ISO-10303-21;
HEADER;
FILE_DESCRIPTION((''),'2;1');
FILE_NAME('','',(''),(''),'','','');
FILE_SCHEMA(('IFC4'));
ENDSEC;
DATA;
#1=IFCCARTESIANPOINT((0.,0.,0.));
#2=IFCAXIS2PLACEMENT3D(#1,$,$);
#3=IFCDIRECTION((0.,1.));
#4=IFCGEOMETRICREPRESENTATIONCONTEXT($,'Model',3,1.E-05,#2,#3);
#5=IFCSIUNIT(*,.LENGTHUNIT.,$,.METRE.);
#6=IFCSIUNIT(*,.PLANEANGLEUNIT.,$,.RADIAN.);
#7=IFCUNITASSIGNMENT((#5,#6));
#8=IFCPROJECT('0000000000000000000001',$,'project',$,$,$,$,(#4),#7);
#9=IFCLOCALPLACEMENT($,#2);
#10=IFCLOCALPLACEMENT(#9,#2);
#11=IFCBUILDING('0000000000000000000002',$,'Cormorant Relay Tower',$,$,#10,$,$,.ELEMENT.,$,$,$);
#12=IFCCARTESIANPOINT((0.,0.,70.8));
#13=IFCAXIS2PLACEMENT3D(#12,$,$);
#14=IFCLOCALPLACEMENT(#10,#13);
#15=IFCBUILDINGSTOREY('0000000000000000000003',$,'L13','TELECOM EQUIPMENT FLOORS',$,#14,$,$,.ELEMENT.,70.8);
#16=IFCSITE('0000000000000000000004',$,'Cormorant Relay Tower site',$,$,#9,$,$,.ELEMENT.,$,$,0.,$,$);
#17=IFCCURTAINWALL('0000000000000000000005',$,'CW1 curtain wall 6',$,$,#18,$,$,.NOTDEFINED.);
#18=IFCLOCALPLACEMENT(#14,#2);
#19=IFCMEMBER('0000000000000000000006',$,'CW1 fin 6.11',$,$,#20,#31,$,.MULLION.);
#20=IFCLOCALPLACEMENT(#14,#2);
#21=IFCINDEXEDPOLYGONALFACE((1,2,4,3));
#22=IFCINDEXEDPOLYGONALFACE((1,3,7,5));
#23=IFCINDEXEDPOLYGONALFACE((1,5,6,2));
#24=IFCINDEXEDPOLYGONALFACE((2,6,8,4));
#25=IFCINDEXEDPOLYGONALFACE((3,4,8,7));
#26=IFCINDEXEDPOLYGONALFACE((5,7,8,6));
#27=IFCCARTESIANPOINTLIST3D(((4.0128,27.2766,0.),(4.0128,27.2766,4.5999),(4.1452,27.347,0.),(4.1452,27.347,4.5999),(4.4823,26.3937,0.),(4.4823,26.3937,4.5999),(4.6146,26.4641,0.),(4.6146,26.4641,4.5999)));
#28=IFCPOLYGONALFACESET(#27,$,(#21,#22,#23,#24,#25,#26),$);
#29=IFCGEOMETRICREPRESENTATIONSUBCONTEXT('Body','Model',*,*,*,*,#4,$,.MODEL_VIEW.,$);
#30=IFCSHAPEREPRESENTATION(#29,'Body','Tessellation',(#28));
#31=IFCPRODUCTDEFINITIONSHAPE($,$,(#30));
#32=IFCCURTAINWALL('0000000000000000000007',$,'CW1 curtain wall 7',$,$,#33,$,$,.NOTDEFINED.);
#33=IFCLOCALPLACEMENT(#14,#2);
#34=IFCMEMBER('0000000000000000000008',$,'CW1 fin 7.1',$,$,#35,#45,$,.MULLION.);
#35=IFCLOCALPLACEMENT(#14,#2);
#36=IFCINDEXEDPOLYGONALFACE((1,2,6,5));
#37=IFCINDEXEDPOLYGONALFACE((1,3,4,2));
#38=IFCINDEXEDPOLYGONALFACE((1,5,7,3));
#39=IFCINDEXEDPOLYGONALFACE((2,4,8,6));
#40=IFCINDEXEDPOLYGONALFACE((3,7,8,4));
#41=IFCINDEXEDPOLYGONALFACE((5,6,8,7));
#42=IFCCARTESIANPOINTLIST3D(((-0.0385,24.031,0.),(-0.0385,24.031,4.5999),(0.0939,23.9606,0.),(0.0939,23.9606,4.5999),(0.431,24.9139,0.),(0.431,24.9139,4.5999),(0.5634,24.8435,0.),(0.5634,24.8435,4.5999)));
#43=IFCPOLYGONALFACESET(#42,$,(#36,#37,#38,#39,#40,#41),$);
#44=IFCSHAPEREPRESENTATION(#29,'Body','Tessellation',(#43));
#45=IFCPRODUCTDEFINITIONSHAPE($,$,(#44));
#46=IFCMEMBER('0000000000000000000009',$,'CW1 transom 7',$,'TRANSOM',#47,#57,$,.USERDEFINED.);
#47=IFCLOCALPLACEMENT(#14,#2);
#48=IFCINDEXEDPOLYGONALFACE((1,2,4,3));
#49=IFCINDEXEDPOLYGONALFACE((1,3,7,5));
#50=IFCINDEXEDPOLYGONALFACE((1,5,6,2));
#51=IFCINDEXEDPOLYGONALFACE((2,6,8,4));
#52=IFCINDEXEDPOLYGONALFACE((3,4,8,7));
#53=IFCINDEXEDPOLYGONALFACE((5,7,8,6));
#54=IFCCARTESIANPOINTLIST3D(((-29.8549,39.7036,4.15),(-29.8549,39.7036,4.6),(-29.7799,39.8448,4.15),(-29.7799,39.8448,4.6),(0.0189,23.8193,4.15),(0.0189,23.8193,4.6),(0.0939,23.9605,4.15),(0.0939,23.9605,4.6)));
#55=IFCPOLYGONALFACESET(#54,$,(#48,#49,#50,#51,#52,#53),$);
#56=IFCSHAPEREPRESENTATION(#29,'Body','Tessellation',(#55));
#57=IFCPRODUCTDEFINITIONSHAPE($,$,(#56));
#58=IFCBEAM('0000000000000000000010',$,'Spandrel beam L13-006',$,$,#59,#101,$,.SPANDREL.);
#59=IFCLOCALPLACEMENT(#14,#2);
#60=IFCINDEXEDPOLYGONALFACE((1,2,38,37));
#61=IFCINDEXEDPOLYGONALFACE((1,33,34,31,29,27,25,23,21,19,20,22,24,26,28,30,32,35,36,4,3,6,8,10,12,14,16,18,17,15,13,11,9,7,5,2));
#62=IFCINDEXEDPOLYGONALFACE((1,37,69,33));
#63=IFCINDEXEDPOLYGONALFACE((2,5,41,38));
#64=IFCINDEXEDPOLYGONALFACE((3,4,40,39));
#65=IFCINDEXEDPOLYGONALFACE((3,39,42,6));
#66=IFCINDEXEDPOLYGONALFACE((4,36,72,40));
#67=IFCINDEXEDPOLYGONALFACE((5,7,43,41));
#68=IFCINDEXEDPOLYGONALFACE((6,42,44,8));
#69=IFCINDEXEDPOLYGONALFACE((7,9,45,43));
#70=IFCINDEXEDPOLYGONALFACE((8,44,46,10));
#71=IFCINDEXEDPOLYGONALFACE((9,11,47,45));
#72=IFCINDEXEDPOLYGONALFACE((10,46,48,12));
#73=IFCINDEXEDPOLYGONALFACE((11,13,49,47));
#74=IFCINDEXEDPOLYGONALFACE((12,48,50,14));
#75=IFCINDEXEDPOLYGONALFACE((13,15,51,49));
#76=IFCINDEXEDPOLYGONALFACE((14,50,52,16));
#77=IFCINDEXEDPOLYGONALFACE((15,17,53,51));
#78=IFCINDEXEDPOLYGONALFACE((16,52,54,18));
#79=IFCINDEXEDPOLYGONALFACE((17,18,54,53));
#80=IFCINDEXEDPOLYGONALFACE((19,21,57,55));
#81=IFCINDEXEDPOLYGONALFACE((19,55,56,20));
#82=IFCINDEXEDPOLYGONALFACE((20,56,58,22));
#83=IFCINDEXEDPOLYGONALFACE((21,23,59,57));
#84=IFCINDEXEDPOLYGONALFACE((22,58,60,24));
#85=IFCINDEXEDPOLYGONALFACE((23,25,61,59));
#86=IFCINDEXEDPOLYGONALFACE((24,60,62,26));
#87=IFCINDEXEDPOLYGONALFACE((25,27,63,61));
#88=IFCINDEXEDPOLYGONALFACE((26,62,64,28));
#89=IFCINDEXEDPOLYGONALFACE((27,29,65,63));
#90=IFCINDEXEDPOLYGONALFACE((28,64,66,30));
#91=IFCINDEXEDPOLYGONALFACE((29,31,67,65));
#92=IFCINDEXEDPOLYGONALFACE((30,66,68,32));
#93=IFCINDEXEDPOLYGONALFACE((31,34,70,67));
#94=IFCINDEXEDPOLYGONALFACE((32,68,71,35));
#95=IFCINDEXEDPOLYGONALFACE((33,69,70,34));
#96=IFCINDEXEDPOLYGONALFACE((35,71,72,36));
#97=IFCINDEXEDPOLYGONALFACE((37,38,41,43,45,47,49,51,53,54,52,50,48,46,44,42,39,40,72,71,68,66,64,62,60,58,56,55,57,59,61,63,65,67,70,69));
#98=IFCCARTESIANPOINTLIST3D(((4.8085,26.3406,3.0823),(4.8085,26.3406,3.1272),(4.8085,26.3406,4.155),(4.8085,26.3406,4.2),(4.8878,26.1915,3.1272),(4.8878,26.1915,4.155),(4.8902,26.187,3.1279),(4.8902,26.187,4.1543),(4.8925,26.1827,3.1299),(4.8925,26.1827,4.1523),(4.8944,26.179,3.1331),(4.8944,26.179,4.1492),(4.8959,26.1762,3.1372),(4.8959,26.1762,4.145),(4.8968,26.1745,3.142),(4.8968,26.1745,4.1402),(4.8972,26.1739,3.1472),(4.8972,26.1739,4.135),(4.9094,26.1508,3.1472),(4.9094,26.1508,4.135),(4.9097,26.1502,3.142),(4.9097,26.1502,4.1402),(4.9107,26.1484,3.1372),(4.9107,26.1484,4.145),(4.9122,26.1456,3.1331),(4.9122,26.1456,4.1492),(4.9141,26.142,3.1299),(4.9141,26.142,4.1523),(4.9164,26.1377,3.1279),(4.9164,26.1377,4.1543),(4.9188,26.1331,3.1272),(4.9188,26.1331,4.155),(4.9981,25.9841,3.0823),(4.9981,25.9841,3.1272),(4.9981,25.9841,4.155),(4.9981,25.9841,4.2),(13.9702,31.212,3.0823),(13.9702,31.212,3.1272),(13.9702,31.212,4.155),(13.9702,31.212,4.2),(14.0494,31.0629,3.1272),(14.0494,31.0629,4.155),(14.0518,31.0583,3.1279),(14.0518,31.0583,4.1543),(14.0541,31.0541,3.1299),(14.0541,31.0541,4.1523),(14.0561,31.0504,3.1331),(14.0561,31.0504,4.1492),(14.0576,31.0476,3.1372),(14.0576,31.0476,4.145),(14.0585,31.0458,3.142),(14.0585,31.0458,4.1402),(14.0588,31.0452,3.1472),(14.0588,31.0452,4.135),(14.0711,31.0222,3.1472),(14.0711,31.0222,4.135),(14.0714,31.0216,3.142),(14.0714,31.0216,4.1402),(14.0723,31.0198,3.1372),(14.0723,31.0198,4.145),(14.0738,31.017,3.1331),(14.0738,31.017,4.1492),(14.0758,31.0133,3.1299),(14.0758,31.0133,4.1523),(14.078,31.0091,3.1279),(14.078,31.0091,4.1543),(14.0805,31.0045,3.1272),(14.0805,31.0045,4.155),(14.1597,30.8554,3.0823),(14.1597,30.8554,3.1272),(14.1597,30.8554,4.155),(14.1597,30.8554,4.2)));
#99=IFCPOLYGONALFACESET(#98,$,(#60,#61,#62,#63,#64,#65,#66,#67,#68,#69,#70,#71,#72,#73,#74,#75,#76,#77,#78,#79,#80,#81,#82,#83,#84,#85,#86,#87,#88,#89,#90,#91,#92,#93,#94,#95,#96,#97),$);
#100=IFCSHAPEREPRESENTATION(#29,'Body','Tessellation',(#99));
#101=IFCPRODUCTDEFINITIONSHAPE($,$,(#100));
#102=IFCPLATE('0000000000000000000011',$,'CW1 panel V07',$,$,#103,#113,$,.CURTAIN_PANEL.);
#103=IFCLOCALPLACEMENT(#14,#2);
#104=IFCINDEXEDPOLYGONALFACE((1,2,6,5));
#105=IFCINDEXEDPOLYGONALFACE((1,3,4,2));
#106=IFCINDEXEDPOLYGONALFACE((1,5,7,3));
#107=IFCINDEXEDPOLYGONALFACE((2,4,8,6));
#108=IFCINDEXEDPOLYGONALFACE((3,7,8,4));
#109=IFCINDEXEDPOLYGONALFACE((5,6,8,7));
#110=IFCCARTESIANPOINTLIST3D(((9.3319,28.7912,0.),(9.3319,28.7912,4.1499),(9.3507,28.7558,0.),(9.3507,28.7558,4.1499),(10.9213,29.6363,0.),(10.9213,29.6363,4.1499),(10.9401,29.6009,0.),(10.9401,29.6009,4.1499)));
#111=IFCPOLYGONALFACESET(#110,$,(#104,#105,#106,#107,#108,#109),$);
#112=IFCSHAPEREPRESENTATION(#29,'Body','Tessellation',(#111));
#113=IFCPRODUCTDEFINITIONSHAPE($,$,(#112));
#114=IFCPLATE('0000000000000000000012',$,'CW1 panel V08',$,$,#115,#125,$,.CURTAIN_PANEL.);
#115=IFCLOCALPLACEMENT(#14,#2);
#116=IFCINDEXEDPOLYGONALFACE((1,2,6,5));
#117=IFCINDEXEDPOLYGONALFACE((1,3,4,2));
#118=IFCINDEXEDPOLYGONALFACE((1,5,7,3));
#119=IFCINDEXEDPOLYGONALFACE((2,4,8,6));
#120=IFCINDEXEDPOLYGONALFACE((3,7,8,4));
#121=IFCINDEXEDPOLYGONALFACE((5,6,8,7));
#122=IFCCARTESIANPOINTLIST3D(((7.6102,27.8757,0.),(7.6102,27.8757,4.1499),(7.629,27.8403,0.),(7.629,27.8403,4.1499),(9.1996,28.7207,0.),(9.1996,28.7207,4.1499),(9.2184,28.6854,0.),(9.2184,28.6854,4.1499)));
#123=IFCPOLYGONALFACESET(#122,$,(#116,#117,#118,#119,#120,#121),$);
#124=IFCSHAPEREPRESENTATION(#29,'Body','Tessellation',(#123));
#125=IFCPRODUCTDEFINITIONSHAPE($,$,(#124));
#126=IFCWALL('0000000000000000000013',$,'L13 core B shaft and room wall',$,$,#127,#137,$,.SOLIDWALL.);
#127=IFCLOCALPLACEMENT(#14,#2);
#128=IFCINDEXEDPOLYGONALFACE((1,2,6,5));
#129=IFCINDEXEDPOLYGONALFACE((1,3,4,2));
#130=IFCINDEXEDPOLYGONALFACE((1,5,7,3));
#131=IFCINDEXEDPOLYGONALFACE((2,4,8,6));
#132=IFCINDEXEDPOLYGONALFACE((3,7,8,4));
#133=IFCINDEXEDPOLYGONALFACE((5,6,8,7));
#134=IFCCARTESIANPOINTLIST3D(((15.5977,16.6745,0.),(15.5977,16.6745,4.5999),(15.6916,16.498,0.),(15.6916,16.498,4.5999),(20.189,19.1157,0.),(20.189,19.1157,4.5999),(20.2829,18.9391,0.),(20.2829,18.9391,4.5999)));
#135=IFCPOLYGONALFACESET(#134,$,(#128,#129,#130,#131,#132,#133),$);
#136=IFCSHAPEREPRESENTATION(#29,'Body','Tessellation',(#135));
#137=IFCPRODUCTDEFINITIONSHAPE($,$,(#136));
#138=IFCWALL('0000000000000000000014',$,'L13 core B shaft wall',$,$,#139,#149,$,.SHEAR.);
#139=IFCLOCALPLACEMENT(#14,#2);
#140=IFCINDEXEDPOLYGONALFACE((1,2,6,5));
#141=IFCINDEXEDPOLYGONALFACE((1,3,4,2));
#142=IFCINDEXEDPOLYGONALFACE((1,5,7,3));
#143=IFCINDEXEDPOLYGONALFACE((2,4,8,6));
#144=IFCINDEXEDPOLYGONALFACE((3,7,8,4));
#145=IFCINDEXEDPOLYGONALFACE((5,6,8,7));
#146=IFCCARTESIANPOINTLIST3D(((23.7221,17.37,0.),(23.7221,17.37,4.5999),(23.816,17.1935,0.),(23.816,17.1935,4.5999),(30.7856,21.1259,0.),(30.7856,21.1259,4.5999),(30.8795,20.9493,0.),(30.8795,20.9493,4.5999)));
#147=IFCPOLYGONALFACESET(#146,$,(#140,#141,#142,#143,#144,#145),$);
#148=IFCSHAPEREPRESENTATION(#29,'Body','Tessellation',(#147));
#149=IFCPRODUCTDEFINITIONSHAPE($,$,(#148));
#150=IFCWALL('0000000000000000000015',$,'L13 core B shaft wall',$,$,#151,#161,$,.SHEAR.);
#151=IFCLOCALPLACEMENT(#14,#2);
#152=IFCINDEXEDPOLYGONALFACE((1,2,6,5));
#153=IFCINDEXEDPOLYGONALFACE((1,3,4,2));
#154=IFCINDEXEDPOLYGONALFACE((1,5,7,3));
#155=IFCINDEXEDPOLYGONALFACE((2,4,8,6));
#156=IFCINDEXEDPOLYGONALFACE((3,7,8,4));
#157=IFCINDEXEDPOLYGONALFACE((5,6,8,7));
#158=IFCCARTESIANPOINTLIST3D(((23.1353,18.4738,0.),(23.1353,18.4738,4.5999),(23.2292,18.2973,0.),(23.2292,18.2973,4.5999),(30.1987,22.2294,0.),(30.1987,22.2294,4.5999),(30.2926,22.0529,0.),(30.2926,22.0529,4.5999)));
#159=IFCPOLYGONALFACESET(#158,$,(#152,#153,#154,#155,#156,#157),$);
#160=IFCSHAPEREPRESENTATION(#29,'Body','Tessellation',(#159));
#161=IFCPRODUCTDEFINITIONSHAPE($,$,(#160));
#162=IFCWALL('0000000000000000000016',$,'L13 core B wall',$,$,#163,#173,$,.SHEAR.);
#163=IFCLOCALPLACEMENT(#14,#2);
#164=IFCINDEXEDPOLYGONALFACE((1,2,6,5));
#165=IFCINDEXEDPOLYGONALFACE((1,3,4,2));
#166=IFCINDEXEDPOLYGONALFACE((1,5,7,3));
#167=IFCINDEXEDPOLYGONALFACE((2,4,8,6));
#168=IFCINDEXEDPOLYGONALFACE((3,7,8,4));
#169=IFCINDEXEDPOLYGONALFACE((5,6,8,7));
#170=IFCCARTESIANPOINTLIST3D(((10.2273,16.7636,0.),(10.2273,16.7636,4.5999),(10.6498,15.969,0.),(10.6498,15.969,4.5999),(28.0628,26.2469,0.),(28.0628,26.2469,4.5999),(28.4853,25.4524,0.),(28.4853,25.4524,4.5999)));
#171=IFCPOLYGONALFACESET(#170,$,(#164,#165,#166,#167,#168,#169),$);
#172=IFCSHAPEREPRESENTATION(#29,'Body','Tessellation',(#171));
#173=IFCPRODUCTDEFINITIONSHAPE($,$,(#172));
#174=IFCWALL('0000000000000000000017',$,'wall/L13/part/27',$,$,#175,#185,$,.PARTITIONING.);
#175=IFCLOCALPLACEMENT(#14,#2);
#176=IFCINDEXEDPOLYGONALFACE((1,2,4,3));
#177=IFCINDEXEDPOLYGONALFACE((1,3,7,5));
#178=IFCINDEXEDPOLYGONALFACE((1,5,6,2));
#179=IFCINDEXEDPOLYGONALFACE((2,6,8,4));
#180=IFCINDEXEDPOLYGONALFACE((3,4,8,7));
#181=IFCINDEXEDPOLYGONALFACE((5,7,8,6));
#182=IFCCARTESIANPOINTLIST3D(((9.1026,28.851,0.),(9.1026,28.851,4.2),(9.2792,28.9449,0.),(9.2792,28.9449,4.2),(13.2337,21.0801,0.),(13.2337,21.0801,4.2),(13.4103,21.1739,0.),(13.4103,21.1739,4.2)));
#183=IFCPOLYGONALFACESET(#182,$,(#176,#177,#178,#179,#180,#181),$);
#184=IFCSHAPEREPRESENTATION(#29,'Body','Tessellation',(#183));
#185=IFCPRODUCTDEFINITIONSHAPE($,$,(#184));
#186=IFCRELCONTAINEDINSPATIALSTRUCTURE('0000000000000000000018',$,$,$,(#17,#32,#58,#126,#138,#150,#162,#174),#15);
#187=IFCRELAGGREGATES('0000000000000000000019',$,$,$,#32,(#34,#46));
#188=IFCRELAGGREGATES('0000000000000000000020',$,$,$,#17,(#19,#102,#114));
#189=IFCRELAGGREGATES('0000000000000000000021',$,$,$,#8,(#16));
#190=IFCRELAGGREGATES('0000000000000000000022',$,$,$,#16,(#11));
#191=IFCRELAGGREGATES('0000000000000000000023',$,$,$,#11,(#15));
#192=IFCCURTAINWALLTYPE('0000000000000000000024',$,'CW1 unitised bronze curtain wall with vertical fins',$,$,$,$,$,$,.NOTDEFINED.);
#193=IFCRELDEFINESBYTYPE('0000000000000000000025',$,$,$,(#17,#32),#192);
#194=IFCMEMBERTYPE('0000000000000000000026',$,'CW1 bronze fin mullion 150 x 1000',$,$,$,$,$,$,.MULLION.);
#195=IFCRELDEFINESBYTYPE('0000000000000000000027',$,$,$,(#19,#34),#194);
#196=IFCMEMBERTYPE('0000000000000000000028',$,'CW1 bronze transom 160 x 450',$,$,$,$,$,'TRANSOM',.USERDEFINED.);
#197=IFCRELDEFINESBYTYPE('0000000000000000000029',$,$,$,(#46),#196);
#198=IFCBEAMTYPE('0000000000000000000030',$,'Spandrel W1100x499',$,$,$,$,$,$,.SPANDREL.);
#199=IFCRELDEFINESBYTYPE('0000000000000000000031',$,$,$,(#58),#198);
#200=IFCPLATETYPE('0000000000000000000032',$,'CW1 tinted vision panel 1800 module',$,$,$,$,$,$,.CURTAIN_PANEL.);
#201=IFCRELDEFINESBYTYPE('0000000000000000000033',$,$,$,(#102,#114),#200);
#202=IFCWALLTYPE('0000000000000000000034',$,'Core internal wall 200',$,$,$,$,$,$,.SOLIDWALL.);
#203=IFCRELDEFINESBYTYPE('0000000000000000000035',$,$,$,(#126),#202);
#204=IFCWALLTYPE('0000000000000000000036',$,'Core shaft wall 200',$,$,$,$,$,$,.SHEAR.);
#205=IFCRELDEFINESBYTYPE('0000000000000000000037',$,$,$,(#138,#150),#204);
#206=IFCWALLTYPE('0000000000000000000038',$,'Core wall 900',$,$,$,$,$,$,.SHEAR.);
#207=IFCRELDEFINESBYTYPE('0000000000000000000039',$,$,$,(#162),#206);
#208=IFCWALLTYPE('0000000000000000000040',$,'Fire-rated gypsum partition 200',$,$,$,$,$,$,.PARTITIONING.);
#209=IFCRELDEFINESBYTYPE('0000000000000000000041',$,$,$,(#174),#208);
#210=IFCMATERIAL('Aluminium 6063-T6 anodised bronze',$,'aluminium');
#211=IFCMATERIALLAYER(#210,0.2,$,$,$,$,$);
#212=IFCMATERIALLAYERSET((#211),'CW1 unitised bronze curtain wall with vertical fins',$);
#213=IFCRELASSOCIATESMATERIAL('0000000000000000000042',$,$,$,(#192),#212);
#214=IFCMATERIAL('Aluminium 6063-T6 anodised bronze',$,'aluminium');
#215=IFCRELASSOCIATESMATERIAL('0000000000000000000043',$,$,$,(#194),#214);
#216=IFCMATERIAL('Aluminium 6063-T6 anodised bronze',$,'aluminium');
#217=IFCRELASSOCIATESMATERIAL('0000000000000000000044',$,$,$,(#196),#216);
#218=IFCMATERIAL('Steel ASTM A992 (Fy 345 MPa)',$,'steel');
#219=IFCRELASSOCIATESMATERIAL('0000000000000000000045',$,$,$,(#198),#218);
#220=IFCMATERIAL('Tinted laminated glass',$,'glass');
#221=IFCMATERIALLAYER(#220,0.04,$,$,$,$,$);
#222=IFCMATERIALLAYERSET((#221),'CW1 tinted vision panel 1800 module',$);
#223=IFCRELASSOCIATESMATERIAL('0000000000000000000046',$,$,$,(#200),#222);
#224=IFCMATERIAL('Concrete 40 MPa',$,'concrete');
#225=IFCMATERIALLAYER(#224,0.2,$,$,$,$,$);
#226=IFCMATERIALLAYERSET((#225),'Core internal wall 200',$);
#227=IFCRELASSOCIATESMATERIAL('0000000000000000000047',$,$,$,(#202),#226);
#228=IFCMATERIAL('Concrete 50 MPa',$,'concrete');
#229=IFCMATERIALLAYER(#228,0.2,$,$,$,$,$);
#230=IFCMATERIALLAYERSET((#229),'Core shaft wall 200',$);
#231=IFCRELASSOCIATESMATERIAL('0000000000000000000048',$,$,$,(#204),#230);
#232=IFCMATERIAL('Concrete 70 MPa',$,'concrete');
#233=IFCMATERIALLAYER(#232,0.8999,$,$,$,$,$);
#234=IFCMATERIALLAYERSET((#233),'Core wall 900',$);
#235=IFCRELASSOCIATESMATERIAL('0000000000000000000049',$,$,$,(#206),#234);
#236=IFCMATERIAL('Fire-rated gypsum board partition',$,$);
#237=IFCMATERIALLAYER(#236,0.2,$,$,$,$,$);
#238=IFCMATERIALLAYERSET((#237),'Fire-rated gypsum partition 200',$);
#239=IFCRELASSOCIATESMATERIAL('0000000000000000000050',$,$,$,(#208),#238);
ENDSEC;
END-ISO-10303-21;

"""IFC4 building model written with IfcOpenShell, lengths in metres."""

from ifc_helpers import new_model, si_unit, direction, frame, frame_2d, origin, origin_2d, place, context, subcontext, project, spatial, rectangle, i_section, extrude, material, layer, layer_set, material_profile, profile_set, type_object, element, aggregate, save


model = new_model("IFC4")

# Units and contexts
model_context = context("Model", 3, precision=1e-05, world=origin(), true_north=direction((0.0, 1.0)))
body_context = subcontext(model_context, "Body", "Model", "MODEL_VIEW")
ifc_project = project(units=[si_unit("LENGTHUNIT", "METRE"), si_unit("PLANEANGLEUNIT", "RADIAN")], contexts=[model_context])

# Site, building, storey
site_placement = place(None, origin())
site = spatial("IfcSite", under=ifc_project, at=site_placement, Name="Cormorant Relay Tower site", CompositionType="ELEMENT", RefElevation=0.0)
building_placement = place(site_placement, origin())
building = spatial("IfcBuilding", under=site, at=building_placement, Name="Cormorant Relay Tower", CompositionType="ELEMENT")
storey_placement = place(building_placement, frame((0.0, 0.0, 70.8)))
storey = spatial("IfcBuildingStorey", under=building, at=storey_placement, Name="L13", Description="TELECOM EQUIPMENT FLOORS", CompositionType="ELEMENT", Elevation=70.8)

# Curtain walls, members
ifc_material_1 = material(Name="Aluminium 6063-T6 anodised bronze", Category="aluminium")
ifc_layer_1 = layer(ifc_material_1, 0.2)
ifc_layer_set_1 = layer_set([ifc_layer_1], Name="CW1 unitised bronze curtain wall with vertical fins")
curtain_wall_type = type_object("IfcCurtainWallType", Name="CW1 unitised bronze curtain wall with vertical fins", PredefinedType="NOTDEFINED", material=ifc_layer_set_1)
curtain_wall_1_placement = place(storey_placement, origin())
curtain_wall_1 = element("IfcCurtainWall", 1, at=curtain_wall_1_placement, inside=storey, type_object=curtain_wall_type, Name="CW1 curtain wall 6", PredefinedType="NOTDEFINED")
ifc_material_2 = material(Name="Aluminium 6063-T6 anodised bronze", Category="aluminium")
ifc_material_profile_1 = material_profile(ifc_material_2, rectangle(XDim=0.1499, YDim=1.0, at=origin_2d()), Name="AL 150x1000")
ifc_profile_set_1 = profile_set([ifc_material_profile_1], Name="Aluminium 6063-T6 anodised bronze")
member_type_1 = type_object("IfcMemberType", Name="CW1 bronze fin mullion 150 x 1000", PredefinedType="MULLION", material=ifc_profile_set_1)
member_1_placement = place(storey_placement, frame((4.3137, 26.8704, 0.0), z_axis=(0.0, 0.0, 1.0), x_axis=(-0.882948, -0.469472, 0.0)))
member_1 = element("IfcMember", 2, at=member_1_placement, type_object=member_type_1, Name="CW1 fin 6.11", PredefinedType="MULLION", context=body_context, shape_type="SweptSolid", body=[
    extrude(rectangle(XDim=0.1499, YDim=1.0, at=origin_2d()), origin(), (0.0, 0.0, 1.0), 4.5999),
])
curtain_wall_2_placement = place(storey_placement, origin())
curtain_wall_2 = element("IfcCurtainWall", 3, at=curtain_wall_2_placement, inside=storey, type_object=curtain_wall_type, Name="CW1 curtain wall 7", PredefinedType="NOTDEFINED")
member_2_placement = place(storey_placement, frame((0.2625, 24.4373, 0.0), z_axis=(0.0, 0.0, 1.0), x_axis=(-0.882948, 0.469472, 0.0)))
member_2 = element("IfcMember", 4, at=member_2_placement, type_object=member_type_1, Name="CW1 fin 7.1", PredefinedType="MULLION", context=body_context, shape_type="SweptSolid", body=[
    extrude(rectangle(XDim=0.1499, YDim=1.0, at=origin_2d()), origin(), (0.0, 0.0, 1.0), 4.5999),
])
ifc_material_3 = material(Name="Aluminium 6063-T6 anodised bronze", Category="aluminium")
ifc_material_profile_2 = material_profile(ifc_material_3, rectangle(XDim=0.1599, YDim=0.45, at=origin_2d()), Name="AL 160x450")
ifc_profile_set_2 = profile_set([ifc_material_profile_2], Name="Aluminium 6063-T6 anodised bronze")
member_type_2 = type_object("IfcMemberType", Name="CW1 bronze transom 160 x 450", ElementType="TRANSOM", PredefinedType="USERDEFINED", material=ifc_profile_set_2)
member_3_placement = place(storey_placement, frame((0.0564, 23.8899, 4.375), z_axis=(-0.882946, 0.469474, 0.0), x_axis=(-0.469474, -0.882946, 0.0)))
member_3 = element("IfcMember", 5, at=member_3_placement, type_object=member_type_2, Name="CW1 transom 7", ObjectType="TRANSOM", PredefinedType="USERDEFINED", context=body_context, shape_type="SweptSolid", body=[
    extrude(rectangle(XDim=0.1599, YDim=0.45, at=origin_2d()), origin(), (0.0, 0.0, 1.0), 33.8342),
])
aggregate(curtain_wall_2, [member_2, member_3])

# Beam
ifc_material_4 = material(Name="Steel ASTM A992 (Fy 345 MPa)", Category="steel")
ifc_material_profile_3 = material_profile(ifc_material_4, i_section(OverallWidth=0.4038, OverallDepth=1.1177, WebThickness=0.0261, FlangeThickness=0.0449, FilletRadius=0.02, at=origin_2d()), Name="W1100x499")
ifc_profile_set_3 = profile_set([ifc_material_profile_3], Name="Steel ASTM A992 (Fy 345 MPa)")
beam_type = type_object("IfcBeamType", Name="Spandrel W1100x499", PredefinedType="SPANDREL", material=ifc_profile_set_3)
beam_placement = place(storey_placement, frame((14.0649, 31.0337, 3.6411), z_axis=(-0.882947, -0.469473, 0.0), x_axis=(0.469473, -0.882947, 0.0)))
element("IfcBeam", 6, at=beam_placement, inside=storey, type_object=beam_type, Name="Spandrel beam L13-006", PredefinedType="SPANDREL", context=body_context, shape_type="SweptSolid", body=[
    extrude(i_section(OverallWidth=0.4038, OverallDepth=1.1177, WebThickness=0.0261, FlangeThickness=0.0449, FilletRadius=0.02, at=origin_2d()), origin(), (0.0, 0.0, 1.0), 10.3762),
])

# Plates
ifc_material_5 = material(Name="Tinted laminated glass", Category="glass")
ifc_layer_2 = layer(ifc_material_5, 0.04)
ifc_layer_set_2 = layer_set([ifc_layer_2], Name="CW1 tinted vision panel 1800 module")
plate_type = type_object("IfcPlateType", Name="CW1 tinted vision panel 1800 module", PredefinedType="CURTAIN_PANEL", material=ifc_layer_set_2)
plate_1_placement = place(storey_placement, frame((10.136, 29.196, 0.0), z_axis=(0.0, 0.0, 1.0), x_axis=(-0.882948, -0.469472, 0.0)))
plate_1 = element("IfcPlate", 7, at=plate_1_placement, type_object=plate_type, Name="CW1 panel V07", PredefinedType="CURTAIN_PANEL", context=body_context, shape_type="SweptSolid", body=[
    extrude(rectangle(XDim=1.8, YDim=0.04, at=origin_2d()), origin(), (0.0, 0.0, 1.0), 4.1499),
])
plate_2_placement = place(storey_placement, frame((8.4143, 28.2805, 0.0), z_axis=(0.0, 0.0, 1.0), x_axis=(-0.882948, -0.469472, 0.0)))
plate_2 = element("IfcPlate", 8, at=plate_2_placement, type_object=plate_type, Name="CW1 panel V08", PredefinedType="CURTAIN_PANEL", context=body_context, shape_type="SweptSolid", body=[
    extrude(rectangle(XDim=1.8, YDim=0.04, at=origin_2d()), origin(), (0.0, 0.0, 1.0), 4.1499),
])

# Walls
ifc_material_6 = material(Name="Concrete 40 MPa", Category="concrete")
ifc_layer_3 = layer(ifc_material_6, 0.2)
ifc_layer_set_3 = layer_set([ifc_layer_3], Name="Core internal wall 200")
wall_type_1 = type_object("IfcWallType", Name="Core internal wall 200", PredefinedType="SOLIDWALL", material=ifc_layer_set_3)
wall_1_placement = place(storey_placement, frame((15.6445, 16.5862, 0.0), z_axis=(0.0, 0.0, 1.0), x_axis=(0.882954, 0.46946, 0.0)))
element("IfcWall", 9, at=wall_1_placement, inside=storey, type_object=wall_type_1, Name="L13 core B shaft and room wall", PredefinedType="SOLIDWALL", context=body_context, shape_type="SweptSolid", body=[
    extrude(rectangle(XDim=5.2, YDim=0.2, at=frame_2d((2.6001, 0.0))), origin(), (0.0, 0.0, 1.0), 4.5999),
])
ifc_material_7 = material(Name="Concrete 50 MPa", Category="concrete")
ifc_layer_4 = layer(ifc_material_7, 0.2)
ifc_layer_set_4 = layer_set([ifc_layer_4], Name="Core shaft wall 200")
wall_type_2 = type_object("IfcWallType", Name="Core shaft wall 200", PredefinedType="SHEAR", material=ifc_layer_set_4)
wall_2_placement = place(storey_placement, frame((23.769, 17.2817, 0.0), z_axis=(0.0, 0.0, 1.0), x_axis=(0.88294, 0.469485, 0.0)))
element("IfcWall", 10, at=wall_2_placement, inside=storey, type_object=wall_type_2, Name="L13 core B shaft wall", PredefinedType="SHEAR", context=body_context, shape_type="SweptSolid", body=[
    extrude(rectangle(XDim=8.0, YDim=0.2, at=frame_2d((4.0, 0.0))), origin(), (0.0, 0.0, 1.0), 4.5999),
])
wall_3_placement = place(storey_placement, frame((23.1821, 18.3855, 0.0), z_axis=(0.0, 0.0, 1.0), x_axis=(0.882953, 0.469462, 0.0)))
element("IfcWall", 11, at=wall_3_placement, inside=storey, type_object=wall_type_2, Name="L13 core B shaft wall", PredefinedType="SHEAR", context=body_context, shape_type="SweptSolid", body=[
    extrude(rectangle(XDim=7.9998, YDim=0.2, at=frame_2d((4.0, 0.0))), origin(), (0.0, 0.0, 1.0), 4.5999),
])
ifc_material_8 = material(Name="Concrete 70 MPa", Category="concrete")
ifc_layer_5 = layer(ifc_material_8, 0.8999)
ifc_layer_set_5 = layer_set([ifc_layer_5], Name="Core wall 900")
wall_type_3 = type_object("IfcWallType", Name="Core wall 900", PredefinedType="SHEAR", material=ifc_layer_set_5)
wall_4_placement = place(storey_placement, frame((10.4385, 16.3662, 0.0), z_axis=(0.0, 0.0, 1.0), x_axis=(0.882945, 0.469476, 0.0)))
element("IfcWall", 12, at=wall_4_placement, inside=storey, type_object=wall_type_3, Name="L13 core B wall", PredefinedType="SHEAR", context=body_context, shape_type="SweptSolid", body=[
    extrude(rectangle(XDim=20.2, YDim=0.8999, at=frame_2d((10.1001, 0.0))), origin(), (0.0, 0.0, 1.0), 4.5999),
])
ifc_material_9 = material(Name="Fire-rated gypsum board partition")
ifc_layer_6 = layer(ifc_material_9, 0.2)
ifc_layer_set_6 = layer_set([ifc_layer_6], Name="Fire-rated gypsum partition 200")
wall_type_4 = type_object("IfcWallType", Name="Fire-rated gypsum partition 200", PredefinedType="PARTITIONING", material=ifc_layer_set_6)
wall_5_placement = place(storey_placement, frame((9.1909, 28.8979, 0.0), z_axis=(0.0, 0.0, 1.0), x_axis=(0.4694, -0.882986, 0.0)))
element("IfcWall", 13, at=wall_5_placement, inside=storey, type_object=wall_type_4, Name="wall/L13/part/27", PredefinedType="PARTITIONING", context=body_context, shape_type="SweptSolid", body=[
    extrude(rectangle(XDim=8.8008, YDim=0.2, at=frame_2d((4.4004, 0.0))), origin(), (0.0, 0.0, 1.0), 4.2),
])

aggregate(curtain_wall_1, [member_1, plate_1, plate_2])

save(model, "model.ifc")
